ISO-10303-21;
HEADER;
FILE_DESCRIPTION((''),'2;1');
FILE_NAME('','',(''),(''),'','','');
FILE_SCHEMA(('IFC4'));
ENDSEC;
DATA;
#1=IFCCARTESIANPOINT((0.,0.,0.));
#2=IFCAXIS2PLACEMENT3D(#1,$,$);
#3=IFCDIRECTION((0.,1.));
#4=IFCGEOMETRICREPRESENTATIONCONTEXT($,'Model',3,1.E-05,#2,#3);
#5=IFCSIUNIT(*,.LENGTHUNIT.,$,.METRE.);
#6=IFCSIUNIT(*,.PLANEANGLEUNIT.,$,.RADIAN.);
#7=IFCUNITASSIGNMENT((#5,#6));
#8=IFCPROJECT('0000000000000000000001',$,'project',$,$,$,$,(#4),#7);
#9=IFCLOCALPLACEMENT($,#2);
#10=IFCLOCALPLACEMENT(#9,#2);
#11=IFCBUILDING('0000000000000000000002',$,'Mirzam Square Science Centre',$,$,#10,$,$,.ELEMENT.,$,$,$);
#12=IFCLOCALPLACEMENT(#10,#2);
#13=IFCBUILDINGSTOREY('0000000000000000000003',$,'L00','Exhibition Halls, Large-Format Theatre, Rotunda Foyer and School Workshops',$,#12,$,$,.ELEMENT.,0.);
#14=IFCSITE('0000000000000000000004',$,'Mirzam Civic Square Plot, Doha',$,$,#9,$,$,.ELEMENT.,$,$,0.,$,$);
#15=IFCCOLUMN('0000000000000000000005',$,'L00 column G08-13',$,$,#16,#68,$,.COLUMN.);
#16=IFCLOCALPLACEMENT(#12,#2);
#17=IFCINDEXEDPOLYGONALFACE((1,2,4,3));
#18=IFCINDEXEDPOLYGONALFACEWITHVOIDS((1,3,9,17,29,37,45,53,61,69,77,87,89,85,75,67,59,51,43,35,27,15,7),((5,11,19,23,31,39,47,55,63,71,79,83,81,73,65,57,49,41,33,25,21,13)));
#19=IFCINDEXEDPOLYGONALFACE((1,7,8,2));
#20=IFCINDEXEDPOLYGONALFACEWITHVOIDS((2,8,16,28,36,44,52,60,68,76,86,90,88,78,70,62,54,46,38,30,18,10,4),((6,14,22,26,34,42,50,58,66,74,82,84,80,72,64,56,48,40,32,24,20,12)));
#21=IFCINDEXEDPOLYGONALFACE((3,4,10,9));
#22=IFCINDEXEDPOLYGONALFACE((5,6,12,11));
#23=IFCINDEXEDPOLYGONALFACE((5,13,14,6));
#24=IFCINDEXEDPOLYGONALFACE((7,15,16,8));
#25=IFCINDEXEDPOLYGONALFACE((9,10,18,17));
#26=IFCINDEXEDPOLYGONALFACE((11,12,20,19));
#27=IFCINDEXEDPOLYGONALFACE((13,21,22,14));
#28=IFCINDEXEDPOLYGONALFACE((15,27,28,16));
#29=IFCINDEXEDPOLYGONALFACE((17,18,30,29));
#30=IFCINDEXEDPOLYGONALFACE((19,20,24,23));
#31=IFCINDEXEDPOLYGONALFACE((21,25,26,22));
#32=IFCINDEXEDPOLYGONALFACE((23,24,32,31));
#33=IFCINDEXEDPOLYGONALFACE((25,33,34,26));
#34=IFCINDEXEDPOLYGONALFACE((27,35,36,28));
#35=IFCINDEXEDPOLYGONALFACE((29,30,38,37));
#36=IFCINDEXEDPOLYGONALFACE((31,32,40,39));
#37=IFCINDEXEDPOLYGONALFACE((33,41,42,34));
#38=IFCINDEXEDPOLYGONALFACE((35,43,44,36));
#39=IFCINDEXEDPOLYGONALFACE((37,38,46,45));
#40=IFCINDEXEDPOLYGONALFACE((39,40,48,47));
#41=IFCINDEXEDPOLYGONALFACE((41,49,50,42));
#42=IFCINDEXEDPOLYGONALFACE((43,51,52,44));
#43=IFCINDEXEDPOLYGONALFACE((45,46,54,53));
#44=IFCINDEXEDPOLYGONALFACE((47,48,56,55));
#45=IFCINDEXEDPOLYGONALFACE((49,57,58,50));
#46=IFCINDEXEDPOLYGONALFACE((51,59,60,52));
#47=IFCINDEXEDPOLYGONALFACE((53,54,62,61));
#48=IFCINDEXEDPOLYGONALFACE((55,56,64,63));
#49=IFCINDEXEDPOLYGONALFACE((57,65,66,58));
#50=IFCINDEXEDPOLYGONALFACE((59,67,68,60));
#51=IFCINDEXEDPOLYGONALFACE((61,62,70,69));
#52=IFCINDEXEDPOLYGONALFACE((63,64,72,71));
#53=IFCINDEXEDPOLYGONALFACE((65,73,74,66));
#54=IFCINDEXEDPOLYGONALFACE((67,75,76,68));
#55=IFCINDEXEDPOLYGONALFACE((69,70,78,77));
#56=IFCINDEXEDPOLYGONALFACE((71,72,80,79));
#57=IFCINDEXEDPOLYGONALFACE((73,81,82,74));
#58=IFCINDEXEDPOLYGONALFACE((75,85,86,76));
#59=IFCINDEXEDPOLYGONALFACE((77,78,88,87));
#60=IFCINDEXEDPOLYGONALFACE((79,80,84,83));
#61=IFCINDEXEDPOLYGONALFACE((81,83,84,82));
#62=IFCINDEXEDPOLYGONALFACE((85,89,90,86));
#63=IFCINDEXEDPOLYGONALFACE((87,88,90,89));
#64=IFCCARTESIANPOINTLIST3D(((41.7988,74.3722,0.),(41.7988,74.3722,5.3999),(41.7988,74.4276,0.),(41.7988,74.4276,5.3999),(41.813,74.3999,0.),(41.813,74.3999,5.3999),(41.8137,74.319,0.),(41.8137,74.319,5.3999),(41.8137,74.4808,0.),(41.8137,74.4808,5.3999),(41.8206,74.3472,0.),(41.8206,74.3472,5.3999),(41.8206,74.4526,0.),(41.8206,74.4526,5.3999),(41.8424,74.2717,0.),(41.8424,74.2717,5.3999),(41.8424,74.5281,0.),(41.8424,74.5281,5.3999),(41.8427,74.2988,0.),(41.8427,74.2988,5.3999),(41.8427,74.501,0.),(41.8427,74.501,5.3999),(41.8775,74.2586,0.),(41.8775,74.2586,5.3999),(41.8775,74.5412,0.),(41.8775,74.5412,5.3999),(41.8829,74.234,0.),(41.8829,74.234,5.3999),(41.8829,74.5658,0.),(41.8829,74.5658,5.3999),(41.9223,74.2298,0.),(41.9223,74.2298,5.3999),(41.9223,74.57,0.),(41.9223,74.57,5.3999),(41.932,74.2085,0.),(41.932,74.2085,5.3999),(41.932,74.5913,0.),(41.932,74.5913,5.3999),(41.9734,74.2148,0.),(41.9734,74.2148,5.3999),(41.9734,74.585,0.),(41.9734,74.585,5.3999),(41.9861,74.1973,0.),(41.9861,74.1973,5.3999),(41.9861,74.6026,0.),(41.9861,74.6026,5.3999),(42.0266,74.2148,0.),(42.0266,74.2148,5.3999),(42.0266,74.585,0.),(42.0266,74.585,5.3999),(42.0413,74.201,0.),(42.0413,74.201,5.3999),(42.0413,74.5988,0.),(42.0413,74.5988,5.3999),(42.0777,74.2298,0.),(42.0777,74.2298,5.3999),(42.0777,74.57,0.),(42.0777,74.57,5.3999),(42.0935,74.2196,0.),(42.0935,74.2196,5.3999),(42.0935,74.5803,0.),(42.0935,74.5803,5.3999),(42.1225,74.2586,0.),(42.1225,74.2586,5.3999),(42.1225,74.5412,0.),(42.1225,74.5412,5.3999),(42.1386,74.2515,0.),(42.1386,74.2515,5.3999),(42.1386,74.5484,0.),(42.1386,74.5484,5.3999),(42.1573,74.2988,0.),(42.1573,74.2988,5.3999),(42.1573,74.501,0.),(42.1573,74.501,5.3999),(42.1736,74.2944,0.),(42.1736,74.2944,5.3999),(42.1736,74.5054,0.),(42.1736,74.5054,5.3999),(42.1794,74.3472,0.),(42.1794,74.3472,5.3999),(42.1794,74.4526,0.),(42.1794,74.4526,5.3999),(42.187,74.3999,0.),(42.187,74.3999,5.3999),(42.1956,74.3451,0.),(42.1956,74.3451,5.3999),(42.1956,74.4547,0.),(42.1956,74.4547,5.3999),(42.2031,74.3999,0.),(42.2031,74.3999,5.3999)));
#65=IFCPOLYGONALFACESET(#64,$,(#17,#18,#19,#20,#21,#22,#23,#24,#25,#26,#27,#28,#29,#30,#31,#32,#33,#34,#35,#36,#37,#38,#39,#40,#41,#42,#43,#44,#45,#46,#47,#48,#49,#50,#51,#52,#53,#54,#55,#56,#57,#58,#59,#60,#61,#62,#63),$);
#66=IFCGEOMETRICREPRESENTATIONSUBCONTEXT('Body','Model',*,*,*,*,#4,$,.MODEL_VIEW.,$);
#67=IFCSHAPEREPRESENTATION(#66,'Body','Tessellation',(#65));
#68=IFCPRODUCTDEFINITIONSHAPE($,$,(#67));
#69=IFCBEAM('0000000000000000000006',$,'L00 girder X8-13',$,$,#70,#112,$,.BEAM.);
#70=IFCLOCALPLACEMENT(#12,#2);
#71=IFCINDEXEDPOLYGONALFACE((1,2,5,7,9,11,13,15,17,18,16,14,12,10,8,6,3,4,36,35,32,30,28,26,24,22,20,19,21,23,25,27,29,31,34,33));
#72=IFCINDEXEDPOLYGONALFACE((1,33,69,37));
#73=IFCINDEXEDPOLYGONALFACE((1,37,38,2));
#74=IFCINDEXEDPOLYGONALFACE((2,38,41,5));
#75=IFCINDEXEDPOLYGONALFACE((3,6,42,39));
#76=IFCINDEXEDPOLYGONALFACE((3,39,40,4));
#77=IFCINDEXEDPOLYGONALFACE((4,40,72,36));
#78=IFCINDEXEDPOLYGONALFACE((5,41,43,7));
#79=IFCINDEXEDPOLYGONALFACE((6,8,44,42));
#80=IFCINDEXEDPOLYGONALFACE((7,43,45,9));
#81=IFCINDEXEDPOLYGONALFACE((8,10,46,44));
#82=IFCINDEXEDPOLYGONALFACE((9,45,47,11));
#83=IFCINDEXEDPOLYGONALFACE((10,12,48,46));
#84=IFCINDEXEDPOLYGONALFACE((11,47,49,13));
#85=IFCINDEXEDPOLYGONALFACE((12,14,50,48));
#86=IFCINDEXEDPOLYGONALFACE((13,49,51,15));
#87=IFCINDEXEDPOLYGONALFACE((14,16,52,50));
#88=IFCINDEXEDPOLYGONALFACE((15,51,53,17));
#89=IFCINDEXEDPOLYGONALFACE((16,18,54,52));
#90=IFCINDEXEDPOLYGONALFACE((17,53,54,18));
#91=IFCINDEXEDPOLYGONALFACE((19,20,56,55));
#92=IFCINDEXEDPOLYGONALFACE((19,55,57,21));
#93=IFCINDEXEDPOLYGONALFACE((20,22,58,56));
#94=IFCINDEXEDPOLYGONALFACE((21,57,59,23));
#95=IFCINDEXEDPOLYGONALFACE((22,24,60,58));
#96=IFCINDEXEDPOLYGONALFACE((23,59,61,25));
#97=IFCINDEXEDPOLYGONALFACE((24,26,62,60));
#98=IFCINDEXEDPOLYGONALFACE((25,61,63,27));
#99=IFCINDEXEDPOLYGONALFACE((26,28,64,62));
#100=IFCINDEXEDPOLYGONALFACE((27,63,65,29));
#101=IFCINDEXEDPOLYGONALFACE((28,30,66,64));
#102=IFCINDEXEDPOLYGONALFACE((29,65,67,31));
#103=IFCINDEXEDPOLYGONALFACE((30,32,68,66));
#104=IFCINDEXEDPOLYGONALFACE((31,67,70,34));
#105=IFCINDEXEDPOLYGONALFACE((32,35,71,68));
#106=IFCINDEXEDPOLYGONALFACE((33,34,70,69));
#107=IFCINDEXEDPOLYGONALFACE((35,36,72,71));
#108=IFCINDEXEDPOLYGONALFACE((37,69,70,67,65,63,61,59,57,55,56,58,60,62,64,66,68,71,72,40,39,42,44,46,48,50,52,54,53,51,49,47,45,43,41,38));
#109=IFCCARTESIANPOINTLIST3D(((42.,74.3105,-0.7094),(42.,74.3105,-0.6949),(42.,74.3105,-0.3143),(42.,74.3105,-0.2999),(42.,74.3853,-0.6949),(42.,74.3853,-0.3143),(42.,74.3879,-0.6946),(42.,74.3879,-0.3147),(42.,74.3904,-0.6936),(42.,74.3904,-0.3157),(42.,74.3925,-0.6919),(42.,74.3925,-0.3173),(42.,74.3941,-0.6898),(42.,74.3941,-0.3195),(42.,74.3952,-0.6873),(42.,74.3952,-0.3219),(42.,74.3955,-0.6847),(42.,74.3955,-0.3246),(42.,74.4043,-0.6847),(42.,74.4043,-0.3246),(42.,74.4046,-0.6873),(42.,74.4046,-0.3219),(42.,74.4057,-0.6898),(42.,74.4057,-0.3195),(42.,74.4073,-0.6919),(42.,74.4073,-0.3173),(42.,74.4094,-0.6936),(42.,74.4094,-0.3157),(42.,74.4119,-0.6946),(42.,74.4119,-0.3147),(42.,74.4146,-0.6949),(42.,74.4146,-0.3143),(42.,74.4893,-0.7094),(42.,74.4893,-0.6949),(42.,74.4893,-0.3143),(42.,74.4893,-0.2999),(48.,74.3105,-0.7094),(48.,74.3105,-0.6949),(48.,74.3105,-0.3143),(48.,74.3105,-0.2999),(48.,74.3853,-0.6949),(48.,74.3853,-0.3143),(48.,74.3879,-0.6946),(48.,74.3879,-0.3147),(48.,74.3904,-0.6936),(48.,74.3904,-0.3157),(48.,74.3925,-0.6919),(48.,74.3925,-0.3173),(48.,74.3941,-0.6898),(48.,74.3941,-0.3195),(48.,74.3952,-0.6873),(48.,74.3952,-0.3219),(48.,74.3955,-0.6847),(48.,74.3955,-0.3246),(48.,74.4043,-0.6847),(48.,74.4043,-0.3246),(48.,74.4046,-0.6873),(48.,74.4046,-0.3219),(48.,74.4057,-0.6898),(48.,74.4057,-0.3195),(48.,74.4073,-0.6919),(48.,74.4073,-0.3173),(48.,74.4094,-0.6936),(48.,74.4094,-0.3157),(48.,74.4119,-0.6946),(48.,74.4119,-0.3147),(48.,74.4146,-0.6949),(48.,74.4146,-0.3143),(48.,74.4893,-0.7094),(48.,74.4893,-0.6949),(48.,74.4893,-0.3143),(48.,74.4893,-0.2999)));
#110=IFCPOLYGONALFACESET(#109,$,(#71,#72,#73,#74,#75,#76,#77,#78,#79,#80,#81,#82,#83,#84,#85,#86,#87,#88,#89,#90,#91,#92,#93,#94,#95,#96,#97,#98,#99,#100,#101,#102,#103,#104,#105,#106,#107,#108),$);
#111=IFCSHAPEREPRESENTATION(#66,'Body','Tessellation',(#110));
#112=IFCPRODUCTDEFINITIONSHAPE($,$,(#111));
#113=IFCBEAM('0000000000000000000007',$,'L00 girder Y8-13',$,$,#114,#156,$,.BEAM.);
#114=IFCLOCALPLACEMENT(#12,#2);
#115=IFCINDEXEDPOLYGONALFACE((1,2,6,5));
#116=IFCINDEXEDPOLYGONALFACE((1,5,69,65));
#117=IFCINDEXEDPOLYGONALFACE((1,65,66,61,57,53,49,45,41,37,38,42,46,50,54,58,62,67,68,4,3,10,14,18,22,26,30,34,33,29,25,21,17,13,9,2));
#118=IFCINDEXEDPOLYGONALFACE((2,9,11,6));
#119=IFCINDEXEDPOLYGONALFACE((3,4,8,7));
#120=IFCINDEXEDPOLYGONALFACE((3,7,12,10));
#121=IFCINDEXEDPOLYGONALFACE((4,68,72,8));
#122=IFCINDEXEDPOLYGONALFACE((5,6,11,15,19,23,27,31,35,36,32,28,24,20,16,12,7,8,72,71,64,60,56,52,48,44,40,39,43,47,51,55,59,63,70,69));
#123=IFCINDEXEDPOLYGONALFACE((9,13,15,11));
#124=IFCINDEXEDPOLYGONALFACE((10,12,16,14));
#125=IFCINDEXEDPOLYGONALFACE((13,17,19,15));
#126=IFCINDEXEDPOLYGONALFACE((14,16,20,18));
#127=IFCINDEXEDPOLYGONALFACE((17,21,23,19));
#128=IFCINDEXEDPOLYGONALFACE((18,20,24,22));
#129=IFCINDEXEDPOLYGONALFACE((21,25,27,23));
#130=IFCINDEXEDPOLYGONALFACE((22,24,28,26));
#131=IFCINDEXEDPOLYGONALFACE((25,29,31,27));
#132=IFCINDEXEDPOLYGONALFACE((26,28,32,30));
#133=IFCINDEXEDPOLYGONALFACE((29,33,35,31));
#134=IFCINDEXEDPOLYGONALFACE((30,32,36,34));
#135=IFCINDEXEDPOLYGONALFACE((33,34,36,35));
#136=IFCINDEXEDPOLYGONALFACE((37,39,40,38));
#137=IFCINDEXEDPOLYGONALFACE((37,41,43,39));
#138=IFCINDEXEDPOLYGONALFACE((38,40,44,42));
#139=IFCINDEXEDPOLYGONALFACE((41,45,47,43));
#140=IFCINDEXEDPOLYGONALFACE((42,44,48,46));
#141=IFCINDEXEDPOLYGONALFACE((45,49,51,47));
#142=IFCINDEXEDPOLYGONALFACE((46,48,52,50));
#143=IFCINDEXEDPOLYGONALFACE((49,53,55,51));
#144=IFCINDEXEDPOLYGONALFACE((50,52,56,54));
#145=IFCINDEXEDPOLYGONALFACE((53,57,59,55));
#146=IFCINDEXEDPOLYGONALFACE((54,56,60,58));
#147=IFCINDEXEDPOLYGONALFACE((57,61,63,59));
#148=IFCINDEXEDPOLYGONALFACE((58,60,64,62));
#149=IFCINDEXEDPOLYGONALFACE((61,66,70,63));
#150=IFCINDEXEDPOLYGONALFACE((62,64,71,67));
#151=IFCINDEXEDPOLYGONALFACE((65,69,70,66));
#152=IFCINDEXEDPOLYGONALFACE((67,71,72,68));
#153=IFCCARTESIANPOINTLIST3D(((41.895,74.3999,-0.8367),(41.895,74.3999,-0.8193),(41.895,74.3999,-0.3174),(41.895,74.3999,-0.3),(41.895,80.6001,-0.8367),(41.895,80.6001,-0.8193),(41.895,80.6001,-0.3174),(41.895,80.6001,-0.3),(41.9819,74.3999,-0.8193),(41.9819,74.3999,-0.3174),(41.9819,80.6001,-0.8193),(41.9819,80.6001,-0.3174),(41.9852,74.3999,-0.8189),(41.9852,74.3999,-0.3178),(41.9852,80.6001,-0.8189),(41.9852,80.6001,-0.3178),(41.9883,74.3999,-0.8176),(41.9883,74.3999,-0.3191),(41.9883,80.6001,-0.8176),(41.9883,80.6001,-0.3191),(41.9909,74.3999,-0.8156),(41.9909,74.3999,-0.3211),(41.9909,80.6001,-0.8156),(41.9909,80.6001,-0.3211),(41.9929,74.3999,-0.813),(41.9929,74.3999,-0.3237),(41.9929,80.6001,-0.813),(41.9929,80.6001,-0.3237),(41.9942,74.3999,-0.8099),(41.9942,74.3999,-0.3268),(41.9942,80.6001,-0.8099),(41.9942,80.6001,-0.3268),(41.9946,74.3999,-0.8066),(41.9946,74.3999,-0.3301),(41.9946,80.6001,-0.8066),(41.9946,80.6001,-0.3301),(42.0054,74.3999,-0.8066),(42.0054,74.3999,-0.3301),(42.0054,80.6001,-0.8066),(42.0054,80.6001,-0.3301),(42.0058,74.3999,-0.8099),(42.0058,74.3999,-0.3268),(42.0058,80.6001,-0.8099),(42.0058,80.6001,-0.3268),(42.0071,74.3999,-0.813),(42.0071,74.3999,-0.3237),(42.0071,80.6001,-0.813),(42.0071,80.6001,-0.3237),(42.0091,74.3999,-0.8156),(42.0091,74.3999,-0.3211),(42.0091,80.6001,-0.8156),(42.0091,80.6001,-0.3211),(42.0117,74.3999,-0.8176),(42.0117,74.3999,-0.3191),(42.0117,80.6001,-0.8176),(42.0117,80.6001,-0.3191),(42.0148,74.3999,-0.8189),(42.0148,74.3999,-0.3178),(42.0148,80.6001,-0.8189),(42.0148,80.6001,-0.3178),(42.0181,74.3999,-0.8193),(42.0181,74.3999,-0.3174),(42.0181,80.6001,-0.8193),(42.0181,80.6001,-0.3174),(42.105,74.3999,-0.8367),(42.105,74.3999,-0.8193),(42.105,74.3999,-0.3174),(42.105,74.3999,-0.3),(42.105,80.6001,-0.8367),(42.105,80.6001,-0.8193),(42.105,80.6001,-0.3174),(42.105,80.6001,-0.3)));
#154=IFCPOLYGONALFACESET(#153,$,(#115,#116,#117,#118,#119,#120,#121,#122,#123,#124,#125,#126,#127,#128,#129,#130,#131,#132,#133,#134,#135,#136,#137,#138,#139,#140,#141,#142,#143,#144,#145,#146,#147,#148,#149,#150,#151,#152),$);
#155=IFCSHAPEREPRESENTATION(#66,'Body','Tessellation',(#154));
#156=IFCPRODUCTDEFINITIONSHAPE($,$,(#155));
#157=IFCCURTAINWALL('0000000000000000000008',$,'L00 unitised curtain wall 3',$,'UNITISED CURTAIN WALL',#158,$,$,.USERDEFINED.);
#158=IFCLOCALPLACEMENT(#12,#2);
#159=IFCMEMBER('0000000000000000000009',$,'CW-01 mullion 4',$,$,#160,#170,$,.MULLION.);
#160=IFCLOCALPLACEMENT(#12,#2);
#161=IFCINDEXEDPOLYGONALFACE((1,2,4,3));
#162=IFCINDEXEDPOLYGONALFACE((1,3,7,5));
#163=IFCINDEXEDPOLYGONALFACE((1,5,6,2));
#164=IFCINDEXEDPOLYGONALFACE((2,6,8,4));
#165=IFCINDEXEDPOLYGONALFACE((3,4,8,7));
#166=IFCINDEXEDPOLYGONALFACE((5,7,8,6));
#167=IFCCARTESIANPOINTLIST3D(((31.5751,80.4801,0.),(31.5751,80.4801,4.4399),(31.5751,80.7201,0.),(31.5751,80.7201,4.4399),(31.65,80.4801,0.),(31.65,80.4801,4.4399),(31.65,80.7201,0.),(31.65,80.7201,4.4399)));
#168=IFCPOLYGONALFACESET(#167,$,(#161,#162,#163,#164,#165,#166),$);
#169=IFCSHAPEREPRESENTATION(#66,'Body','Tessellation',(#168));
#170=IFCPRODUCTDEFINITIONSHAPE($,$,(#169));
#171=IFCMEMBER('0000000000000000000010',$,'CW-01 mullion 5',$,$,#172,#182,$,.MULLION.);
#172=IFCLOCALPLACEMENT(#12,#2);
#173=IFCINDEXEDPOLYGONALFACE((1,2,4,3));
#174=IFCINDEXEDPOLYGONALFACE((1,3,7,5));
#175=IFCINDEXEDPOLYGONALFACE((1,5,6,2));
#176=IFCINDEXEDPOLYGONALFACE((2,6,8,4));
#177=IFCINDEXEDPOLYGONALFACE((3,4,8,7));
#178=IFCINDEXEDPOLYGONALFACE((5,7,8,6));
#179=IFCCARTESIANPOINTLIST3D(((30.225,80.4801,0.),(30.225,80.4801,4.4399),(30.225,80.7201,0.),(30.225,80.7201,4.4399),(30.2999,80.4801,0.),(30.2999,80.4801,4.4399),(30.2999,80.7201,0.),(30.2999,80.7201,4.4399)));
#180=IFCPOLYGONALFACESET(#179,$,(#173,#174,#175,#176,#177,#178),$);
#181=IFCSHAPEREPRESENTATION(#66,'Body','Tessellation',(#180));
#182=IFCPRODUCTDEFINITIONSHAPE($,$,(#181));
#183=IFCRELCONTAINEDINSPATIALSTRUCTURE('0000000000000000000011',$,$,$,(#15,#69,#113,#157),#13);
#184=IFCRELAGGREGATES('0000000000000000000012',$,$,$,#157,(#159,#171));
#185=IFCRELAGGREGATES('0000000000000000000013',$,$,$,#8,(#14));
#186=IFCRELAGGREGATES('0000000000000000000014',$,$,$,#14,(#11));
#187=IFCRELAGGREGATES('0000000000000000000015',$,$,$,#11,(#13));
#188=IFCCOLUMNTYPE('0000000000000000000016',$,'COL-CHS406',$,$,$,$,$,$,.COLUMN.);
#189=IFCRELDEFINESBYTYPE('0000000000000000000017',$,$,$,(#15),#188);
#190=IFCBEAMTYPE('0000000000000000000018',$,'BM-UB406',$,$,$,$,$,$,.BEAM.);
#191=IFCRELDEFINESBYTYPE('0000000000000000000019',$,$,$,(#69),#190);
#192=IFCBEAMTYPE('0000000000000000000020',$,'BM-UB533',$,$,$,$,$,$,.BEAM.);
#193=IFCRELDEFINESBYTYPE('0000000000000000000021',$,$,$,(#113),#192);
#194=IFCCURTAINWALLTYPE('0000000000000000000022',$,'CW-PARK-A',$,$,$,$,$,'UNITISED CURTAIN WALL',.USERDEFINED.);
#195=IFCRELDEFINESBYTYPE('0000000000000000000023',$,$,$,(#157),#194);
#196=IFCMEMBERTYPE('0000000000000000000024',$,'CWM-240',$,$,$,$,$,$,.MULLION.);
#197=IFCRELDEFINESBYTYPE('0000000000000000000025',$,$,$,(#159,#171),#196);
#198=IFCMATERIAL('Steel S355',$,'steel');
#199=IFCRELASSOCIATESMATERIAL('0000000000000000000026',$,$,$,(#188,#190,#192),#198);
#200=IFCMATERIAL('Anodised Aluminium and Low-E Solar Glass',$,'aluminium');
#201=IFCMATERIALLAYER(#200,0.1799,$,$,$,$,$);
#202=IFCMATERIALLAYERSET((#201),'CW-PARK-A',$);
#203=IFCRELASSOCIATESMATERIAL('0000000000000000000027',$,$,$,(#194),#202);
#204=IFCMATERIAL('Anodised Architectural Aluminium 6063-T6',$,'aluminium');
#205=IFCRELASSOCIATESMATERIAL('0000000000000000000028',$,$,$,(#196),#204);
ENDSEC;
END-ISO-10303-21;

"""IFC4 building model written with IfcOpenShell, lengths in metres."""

from ifc_helpers import new_model, si_unit, direction, frame, origin, origin_2d, place, context, subcontext, project, spatial, rectangle, hollow_circle, i_section, extrude, material, layer, layer_set, material_profile, profile_set, type_object, element, aggregate, save


model = new_model("IFC4")

# Units and contexts
model_context = context("Model", 3, precision=1e-05, world=origin(), true_north=direction((0.0, 1.0)))
body_context = subcontext(model_context, "Body", "Model", "MODEL_VIEW")
ifc_project = project(units=[si_unit("LENGTHUNIT", "METRE"), si_unit("PLANEANGLEUNIT", "RADIAN")], contexts=[model_context])

# Site, building, storey
site_placement = place(None, origin())
site = spatial("IfcSite", under=ifc_project, at=site_placement, Name="Mirzam Civic Square Plot, Doha", CompositionType="ELEMENT", RefElevation=0.0)
building_placement = place(site_placement, origin())
building = spatial("IfcBuilding", under=site, at=building_placement, Name="Mirzam Square Science Centre", CompositionType="ELEMENT")
storey_placement = place(building_placement, origin())
storey = spatial("IfcBuildingStorey", under=building, at=storey_placement, Name="L00", Description="Exhibition Halls, Large-Format Theatre, Rotunda Foyer and School Workshops", CompositionType="ELEMENT", Elevation=0.0)

# Column
ifc_material_1 = material(Name="Steel S355", Category="steel")
ifc_material_profile_1 = material_profile(ifc_material_1, hollow_circle(Radius=0.2031, WallThickness=0.0161, at=origin_2d()), Name="406.4x16.0CHS")
ifc_profile_set_1 = profile_set([ifc_material_profile_1], Name="Steel S355")
column_type = type_object("IfcColumnType", Name="COL-CHS406", PredefinedType="COLUMN", material=ifc_profile_set_1)
column_placement = place(storey_placement, frame((42.0, 74.3999, 0.0), z_axis=(0.0, 0.0, 1.0), x_axis=(1.0, 0.0, 0.0)))
element("IfcColumn", 1, at=column_placement, inside=storey, type_object=column_type, Name="L00 column G08-13", PredefinedType="COLUMN", context=body_context, shape_type="SweptSolid", body=[
    extrude(hollow_circle(Radius=0.2031, WallThickness=0.0161, at=origin_2d()), origin(), (0.0, 0.0, 1.0), 5.3999),
])

# Beams
ifc_material_profile_2 = material_profile(ifc_material_1, i_section(OverallWidth=0.1787, OverallDepth=0.4094, WebThickness=0.0088, FlangeThickness=0.0144, FilletRadius=0.0103, at=origin_2d()), Name="406x178x67UB")
ifc_profile_set_2 = profile_set([ifc_material_profile_2], Name="Steel S355")
beam_type_1 = type_object("IfcBeamType", Name="BM-UB406", PredefinedType="BEAM", material=ifc_profile_set_2)
beam_1_placement = place(storey_placement, frame((42.0, 74.3999, -0.5046), z_axis=(1.0, 0.0, 0.0), x_axis=(0.0, 1.0, 0.0)))
element("IfcBeam", 2, at=beam_1_placement, inside=storey, type_object=beam_type_1, Name="L00 girder X8-13", PredefinedType="BEAM", context=body_context, shape_type="SweptSolid", body=[
    extrude(i_section(OverallWidth=0.1787, OverallDepth=0.4094, WebThickness=0.0088, FlangeThickness=0.0144, FilletRadius=0.0103, at=origin_2d()), origin(), (0.0, 0.0, 1.0), 6.0),
])
ifc_material_profile_3 = material_profile(ifc_material_1, i_section(OverallWidth=0.21, OverallDepth=0.5366, WebThickness=0.0107, FlangeThickness=0.0173, FilletRadius=0.0127, at=origin_2d()), Name="533x210x101UB")
ifc_profile_set_3 = profile_set([ifc_material_profile_3], Name="Steel S355")
beam_type_2 = type_object("IfcBeamType", Name="BM-UB533", PredefinedType="BEAM", material=ifc_profile_set_3)
beam_2_placement = place(storey_placement, frame((42.0, 74.3999, -0.5684), z_axis=(0.0, 1.0, 0.0), x_axis=(-1.0, 0.0, 0.0)))
element("IfcBeam", 3, at=beam_2_placement, inside=storey, type_object=beam_type_2, Name="L00 girder Y8-13", PredefinedType="BEAM", context=body_context, shape_type="SweptSolid", body=[
    extrude(i_section(OverallWidth=0.21, OverallDepth=0.5366, WebThickness=0.0107, FlangeThickness=0.0173, FilletRadius=0.0127, at=origin_2d()), origin(), (0.0, 0.0, 1.0), 6.2002),
])

# Curtain wall, members
ifc_material_2 = material(Name="Anodised Aluminium and Low-E Solar Glass", Category="aluminium")
ifc_layer_1 = layer(ifc_material_2, 0.1799)
ifc_layer_set_1 = layer_set([ifc_layer_1], Name="CW-PARK-A")
curtain_wall_type = type_object("IfcCurtainWallType", Name="CW-PARK-A", ElementType="UNITISED CURTAIN WALL", PredefinedType="USERDEFINED", material=ifc_layer_set_1)
curtain_wall_placement = place(storey_placement, origin())
curtain_wall = element("IfcCurtainWall", 4, at=curtain_wall_placement, inside=storey, type_object=curtain_wall_type, Name="L00 unitised curtain wall 3", ObjectType="UNITISED CURTAIN WALL", PredefinedType="USERDEFINED")
ifc_material_3 = material(Name="Anodised Architectural Aluminium 6063-T6", Category="aluminium")
ifc_material_profile_4 = material_profile(ifc_material_3, rectangle(XDim=0.075, YDim=0.24, at=origin_2d()), Name="ALU-MULL-240x75x5")
ifc_profile_set_4 = profile_set([ifc_material_profile_4], Name="Anodised Architectural Aluminium 6063-T6")
member_type_1 = type_object("IfcMemberType", Name="CWM-240", PredefinedType="MULLION", material=ifc_profile_set_4)
member_1_placement = place(storey_placement, frame((31.6125, 80.6001, 0.0), z_axis=(0.0, 0.0, 1.0), x_axis=(-1.0, 0.0, 0.0)))
member_1 = element("IfcMember", 5, at=member_1_placement, type_object=member_type_1, Name="CW-01 mullion 4", PredefinedType="MULLION", context=body_context, shape_type="SweptSolid", body=[
    extrude(rectangle(XDim=0.075, YDim=0.24, at=origin_2d()), origin(), (0.0, 0.0, 1.0), 4.4399),
])
member_2_placement = place(storey_placement, frame((30.2625, 80.6001, 0.0), z_axis=(0.0, 0.0, 1.0), x_axis=(-1.0, 0.0, 0.0)))
member_2 = element("IfcMember", 6, at=member_2_placement, type_object=member_type_1, Name="CW-01 mullion 5", PredefinedType="MULLION", context=body_context, shape_type="SweptSolid", body=[
    extrude(rectangle(XDim=0.075, YDim=0.24, at=origin_2d()), origin(), (0.0, 0.0, 1.0), 4.4399),
])

aggregate(curtain_wall, [member_1, member_2])

save(model, "model.ifc")
